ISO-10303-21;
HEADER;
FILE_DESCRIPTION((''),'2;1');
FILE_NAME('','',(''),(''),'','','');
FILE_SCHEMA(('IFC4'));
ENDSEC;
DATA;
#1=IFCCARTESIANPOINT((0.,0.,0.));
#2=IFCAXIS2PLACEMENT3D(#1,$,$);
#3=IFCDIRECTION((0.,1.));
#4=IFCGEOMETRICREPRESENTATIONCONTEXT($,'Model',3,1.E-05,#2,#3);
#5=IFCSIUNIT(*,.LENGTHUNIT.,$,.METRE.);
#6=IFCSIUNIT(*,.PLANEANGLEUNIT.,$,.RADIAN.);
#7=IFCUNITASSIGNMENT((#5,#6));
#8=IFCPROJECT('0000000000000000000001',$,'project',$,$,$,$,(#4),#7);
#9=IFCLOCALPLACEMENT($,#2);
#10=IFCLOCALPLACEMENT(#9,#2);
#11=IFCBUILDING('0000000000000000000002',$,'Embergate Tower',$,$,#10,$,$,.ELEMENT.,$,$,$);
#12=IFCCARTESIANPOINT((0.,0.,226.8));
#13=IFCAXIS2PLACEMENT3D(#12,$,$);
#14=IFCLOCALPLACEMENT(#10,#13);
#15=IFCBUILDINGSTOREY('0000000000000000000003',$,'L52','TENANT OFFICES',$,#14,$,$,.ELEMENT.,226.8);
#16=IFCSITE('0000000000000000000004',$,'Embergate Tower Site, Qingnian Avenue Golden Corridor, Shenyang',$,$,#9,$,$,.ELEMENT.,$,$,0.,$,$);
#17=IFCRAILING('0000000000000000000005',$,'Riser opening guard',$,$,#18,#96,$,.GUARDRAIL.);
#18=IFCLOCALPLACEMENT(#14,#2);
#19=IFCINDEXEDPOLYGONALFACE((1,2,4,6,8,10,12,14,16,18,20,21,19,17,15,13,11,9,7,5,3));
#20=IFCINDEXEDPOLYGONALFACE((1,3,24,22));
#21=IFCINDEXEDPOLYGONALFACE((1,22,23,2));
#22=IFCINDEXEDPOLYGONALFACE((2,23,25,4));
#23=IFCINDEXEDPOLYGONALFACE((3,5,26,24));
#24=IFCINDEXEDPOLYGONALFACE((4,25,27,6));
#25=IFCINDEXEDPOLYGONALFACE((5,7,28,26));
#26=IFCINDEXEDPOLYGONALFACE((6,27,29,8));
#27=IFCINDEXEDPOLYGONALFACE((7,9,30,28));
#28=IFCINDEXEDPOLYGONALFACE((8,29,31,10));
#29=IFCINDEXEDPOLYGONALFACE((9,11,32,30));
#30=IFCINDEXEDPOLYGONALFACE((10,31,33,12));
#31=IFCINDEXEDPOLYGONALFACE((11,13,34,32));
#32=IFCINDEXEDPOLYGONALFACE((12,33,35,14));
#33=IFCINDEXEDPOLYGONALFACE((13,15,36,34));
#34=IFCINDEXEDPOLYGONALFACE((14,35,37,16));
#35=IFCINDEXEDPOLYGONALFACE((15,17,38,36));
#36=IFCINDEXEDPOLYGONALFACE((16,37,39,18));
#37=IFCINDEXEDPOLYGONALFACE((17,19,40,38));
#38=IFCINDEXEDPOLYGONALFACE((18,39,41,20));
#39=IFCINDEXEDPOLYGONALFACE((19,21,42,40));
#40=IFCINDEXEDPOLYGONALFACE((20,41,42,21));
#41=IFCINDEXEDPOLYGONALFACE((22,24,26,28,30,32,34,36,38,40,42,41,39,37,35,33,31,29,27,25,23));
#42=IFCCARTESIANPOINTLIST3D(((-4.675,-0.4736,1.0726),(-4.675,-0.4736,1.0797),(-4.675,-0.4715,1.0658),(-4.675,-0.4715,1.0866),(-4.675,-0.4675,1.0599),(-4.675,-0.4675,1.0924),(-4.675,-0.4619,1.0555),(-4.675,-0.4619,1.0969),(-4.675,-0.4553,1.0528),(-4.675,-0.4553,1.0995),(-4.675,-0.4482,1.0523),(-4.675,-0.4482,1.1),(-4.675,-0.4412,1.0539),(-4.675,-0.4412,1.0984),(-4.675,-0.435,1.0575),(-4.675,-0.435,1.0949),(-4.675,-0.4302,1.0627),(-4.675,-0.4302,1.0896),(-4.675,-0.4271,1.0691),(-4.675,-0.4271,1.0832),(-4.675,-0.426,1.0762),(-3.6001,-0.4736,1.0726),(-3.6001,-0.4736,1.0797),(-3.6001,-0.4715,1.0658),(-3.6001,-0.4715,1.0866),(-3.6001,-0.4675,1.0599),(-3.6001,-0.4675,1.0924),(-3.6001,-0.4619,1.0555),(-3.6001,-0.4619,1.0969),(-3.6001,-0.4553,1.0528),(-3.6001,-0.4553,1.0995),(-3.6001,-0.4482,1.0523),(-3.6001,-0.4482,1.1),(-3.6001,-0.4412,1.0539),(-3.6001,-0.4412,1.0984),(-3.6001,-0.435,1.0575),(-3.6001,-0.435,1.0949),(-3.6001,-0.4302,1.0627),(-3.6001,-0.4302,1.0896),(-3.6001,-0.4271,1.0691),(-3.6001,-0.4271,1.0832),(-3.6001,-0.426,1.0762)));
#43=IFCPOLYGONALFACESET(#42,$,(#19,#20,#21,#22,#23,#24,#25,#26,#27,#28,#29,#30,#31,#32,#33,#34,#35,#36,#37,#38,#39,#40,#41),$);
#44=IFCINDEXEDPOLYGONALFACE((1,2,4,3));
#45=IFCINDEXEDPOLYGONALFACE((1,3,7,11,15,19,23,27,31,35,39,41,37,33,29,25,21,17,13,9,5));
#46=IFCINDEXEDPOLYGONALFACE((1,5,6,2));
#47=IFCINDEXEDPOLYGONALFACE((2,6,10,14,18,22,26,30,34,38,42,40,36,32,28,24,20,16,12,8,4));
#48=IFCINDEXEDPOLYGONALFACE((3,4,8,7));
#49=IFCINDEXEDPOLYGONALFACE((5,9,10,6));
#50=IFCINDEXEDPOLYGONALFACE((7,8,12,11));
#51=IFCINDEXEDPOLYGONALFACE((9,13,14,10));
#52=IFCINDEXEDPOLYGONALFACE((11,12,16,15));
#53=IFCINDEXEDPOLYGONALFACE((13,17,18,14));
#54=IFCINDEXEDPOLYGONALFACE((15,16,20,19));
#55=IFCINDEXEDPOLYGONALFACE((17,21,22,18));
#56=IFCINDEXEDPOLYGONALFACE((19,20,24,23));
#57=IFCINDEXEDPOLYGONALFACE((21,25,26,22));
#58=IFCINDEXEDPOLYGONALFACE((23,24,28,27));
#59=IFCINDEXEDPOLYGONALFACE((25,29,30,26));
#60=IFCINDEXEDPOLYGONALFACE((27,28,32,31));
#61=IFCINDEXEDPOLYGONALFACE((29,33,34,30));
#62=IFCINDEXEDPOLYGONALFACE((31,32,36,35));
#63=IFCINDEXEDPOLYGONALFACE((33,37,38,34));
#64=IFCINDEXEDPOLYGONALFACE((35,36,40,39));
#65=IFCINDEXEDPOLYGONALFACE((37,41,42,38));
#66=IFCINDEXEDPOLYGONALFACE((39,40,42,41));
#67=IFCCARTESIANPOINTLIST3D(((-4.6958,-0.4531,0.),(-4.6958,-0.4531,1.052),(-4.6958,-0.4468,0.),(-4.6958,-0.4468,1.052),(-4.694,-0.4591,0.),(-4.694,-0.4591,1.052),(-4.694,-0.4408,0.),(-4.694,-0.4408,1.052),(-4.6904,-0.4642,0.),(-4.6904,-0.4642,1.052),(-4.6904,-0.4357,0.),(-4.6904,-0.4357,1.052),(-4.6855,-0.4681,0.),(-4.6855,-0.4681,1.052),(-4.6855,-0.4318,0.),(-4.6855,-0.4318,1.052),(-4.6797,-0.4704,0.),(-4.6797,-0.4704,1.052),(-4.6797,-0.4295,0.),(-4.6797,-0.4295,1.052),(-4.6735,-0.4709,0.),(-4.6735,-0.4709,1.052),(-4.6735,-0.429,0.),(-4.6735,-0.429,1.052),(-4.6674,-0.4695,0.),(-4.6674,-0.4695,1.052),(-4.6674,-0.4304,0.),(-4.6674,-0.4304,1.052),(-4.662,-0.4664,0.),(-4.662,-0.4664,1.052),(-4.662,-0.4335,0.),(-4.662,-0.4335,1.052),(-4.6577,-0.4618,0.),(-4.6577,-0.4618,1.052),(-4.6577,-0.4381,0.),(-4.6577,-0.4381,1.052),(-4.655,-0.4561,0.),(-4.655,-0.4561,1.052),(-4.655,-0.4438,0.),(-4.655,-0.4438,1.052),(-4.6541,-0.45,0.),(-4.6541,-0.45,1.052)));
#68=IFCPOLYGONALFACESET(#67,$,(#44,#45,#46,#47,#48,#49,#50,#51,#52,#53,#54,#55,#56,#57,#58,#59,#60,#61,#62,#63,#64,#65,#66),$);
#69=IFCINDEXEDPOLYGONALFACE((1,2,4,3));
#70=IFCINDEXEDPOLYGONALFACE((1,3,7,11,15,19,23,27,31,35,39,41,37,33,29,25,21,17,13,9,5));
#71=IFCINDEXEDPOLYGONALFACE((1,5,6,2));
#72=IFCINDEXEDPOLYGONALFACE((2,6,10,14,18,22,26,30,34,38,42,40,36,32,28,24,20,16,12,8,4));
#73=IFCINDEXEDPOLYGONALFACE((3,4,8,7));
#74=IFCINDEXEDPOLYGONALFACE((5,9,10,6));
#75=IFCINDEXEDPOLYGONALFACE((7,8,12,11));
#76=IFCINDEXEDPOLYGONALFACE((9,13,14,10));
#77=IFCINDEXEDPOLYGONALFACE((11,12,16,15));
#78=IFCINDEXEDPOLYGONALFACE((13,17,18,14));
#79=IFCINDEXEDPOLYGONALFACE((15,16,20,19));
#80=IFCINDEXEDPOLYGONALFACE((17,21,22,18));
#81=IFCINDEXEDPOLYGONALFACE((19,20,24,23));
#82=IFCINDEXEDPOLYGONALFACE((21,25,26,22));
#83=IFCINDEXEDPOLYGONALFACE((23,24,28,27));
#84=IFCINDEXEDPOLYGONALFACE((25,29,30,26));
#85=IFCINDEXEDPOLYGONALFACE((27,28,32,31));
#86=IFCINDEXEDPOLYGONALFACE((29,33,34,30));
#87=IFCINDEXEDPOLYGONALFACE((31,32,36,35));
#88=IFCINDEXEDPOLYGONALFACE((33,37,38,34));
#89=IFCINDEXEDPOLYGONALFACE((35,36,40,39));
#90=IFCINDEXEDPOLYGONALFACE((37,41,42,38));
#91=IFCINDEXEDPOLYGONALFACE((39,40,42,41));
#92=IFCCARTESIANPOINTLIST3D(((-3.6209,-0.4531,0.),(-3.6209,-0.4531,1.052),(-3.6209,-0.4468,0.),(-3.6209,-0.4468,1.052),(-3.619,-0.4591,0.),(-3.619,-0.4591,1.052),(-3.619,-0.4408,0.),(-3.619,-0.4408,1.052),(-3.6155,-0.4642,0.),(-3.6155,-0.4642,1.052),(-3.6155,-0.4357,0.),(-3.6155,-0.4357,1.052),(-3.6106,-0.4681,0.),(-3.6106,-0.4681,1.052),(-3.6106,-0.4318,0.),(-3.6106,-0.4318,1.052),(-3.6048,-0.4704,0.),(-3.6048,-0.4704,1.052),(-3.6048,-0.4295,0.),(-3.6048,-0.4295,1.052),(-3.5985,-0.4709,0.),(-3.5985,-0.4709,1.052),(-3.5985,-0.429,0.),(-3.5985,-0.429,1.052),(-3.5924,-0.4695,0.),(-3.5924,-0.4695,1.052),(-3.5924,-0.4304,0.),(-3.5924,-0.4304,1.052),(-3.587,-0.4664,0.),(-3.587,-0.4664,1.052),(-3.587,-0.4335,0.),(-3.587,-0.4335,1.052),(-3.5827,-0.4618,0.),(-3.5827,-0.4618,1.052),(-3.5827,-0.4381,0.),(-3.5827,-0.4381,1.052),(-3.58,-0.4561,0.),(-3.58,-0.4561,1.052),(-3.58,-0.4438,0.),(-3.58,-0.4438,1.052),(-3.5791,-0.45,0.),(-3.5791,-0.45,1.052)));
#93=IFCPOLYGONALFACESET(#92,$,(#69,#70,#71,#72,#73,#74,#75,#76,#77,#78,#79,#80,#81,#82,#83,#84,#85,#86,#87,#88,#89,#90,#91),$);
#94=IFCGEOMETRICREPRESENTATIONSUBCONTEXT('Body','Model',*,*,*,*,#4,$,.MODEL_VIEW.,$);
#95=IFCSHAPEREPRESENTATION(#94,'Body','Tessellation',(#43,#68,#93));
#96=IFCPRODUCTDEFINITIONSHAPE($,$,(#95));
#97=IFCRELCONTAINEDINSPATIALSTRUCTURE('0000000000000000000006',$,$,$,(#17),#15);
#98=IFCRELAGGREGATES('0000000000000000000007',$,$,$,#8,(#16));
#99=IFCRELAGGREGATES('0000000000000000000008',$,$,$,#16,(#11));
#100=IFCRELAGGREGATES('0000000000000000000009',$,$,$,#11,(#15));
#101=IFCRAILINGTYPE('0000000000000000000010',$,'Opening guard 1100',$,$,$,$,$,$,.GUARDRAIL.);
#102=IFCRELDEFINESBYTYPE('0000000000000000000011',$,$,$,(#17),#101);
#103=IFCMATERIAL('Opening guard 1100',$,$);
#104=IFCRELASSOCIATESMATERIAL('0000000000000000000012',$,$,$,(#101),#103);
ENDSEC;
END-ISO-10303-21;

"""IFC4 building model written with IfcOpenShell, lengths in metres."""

from ifc_helpers import new_model, si_unit, direction, frame, origin, origin_2d, place, context, subcontext, project, spatial, circle, extrude, source, transform, mapped, material, type_object, element, save


model = new_model("IFC4")

# Units and contexts
model_context = context("Model", 3, precision=1e-05, world=origin(), true_north=direction((0.0, 1.0)))
body_context = subcontext(model_context, "Body", "Model", "MODEL_VIEW")
ifc_project = project(units=[si_unit("LENGTHUNIT", "METRE"), si_unit("PLANEANGLEUNIT", "RADIAN")], contexts=[model_context])

# Site, building, storey
site_placement = place(None, origin())
site = spatial("IfcSite", under=ifc_project, at=site_placement, Name="Embergate Tower Site, Qingnian Avenue Golden Corridor, Shenyang", CompositionType="ELEMENT", RefElevation=0.0)
building_placement = place(site_placement, origin())
building = spatial("IfcBuilding", under=site, at=building_placement, Name="Embergate Tower", CompositionType="ELEMENT")
storey_placement = place(building_placement, frame((0.0, 0.0, 226.8)))
storey = spatial("IfcBuildingStorey", under=building, at=storey_placement, Name="L52", Description="TENANT OFFICES", CompositionType="ELEMENT", Elevation=226.8)

# Railing
ifc_material_1 = material(Name="Opening guard 1100")
railing_type_1 = type_object("IfcRailingType", Name="Opening guard 1100", PredefinedType="GUARDRAIL", material=ifc_material_1)
shared_shape_1 = source(origin(), body_context, "Body", "SweptSolid", [
    extrude(circle(Radius=0.0239, at=origin_2d()), frame((0.0, 0.0, 1.0762), z_axis=(1.0, 0.0, 0.0), x_axis=(0.0, 1.0, 0.0)), (0.0, 0.0, 1.0), 1.075),
    extrude(circle(Radius=0.021, at=origin_2d()), origin(), (0.0, 0.0, 1.0), 1.052),
    extrude(circle(Radius=0.021, at=origin_2d()), frame((1.075, 0.0, 0.0)), (0.0, 0.0, 1.0), 1.052),
])
railing_1_placement = place(storey_placement, frame((-4.675, -0.45, 0.0)))
element("IfcRailing", 1, at=railing_1_placement, inside=storey, type_object=railing_type_1, Name="Riser opening guard", PredefinedType="GUARDRAIL", context=body_context, shape_type="MappedRepresentation", body=[
    mapped(shared_shape_1, transform((0.0, 0.0, 0.0))),
])

save(model, "model.ifc")
